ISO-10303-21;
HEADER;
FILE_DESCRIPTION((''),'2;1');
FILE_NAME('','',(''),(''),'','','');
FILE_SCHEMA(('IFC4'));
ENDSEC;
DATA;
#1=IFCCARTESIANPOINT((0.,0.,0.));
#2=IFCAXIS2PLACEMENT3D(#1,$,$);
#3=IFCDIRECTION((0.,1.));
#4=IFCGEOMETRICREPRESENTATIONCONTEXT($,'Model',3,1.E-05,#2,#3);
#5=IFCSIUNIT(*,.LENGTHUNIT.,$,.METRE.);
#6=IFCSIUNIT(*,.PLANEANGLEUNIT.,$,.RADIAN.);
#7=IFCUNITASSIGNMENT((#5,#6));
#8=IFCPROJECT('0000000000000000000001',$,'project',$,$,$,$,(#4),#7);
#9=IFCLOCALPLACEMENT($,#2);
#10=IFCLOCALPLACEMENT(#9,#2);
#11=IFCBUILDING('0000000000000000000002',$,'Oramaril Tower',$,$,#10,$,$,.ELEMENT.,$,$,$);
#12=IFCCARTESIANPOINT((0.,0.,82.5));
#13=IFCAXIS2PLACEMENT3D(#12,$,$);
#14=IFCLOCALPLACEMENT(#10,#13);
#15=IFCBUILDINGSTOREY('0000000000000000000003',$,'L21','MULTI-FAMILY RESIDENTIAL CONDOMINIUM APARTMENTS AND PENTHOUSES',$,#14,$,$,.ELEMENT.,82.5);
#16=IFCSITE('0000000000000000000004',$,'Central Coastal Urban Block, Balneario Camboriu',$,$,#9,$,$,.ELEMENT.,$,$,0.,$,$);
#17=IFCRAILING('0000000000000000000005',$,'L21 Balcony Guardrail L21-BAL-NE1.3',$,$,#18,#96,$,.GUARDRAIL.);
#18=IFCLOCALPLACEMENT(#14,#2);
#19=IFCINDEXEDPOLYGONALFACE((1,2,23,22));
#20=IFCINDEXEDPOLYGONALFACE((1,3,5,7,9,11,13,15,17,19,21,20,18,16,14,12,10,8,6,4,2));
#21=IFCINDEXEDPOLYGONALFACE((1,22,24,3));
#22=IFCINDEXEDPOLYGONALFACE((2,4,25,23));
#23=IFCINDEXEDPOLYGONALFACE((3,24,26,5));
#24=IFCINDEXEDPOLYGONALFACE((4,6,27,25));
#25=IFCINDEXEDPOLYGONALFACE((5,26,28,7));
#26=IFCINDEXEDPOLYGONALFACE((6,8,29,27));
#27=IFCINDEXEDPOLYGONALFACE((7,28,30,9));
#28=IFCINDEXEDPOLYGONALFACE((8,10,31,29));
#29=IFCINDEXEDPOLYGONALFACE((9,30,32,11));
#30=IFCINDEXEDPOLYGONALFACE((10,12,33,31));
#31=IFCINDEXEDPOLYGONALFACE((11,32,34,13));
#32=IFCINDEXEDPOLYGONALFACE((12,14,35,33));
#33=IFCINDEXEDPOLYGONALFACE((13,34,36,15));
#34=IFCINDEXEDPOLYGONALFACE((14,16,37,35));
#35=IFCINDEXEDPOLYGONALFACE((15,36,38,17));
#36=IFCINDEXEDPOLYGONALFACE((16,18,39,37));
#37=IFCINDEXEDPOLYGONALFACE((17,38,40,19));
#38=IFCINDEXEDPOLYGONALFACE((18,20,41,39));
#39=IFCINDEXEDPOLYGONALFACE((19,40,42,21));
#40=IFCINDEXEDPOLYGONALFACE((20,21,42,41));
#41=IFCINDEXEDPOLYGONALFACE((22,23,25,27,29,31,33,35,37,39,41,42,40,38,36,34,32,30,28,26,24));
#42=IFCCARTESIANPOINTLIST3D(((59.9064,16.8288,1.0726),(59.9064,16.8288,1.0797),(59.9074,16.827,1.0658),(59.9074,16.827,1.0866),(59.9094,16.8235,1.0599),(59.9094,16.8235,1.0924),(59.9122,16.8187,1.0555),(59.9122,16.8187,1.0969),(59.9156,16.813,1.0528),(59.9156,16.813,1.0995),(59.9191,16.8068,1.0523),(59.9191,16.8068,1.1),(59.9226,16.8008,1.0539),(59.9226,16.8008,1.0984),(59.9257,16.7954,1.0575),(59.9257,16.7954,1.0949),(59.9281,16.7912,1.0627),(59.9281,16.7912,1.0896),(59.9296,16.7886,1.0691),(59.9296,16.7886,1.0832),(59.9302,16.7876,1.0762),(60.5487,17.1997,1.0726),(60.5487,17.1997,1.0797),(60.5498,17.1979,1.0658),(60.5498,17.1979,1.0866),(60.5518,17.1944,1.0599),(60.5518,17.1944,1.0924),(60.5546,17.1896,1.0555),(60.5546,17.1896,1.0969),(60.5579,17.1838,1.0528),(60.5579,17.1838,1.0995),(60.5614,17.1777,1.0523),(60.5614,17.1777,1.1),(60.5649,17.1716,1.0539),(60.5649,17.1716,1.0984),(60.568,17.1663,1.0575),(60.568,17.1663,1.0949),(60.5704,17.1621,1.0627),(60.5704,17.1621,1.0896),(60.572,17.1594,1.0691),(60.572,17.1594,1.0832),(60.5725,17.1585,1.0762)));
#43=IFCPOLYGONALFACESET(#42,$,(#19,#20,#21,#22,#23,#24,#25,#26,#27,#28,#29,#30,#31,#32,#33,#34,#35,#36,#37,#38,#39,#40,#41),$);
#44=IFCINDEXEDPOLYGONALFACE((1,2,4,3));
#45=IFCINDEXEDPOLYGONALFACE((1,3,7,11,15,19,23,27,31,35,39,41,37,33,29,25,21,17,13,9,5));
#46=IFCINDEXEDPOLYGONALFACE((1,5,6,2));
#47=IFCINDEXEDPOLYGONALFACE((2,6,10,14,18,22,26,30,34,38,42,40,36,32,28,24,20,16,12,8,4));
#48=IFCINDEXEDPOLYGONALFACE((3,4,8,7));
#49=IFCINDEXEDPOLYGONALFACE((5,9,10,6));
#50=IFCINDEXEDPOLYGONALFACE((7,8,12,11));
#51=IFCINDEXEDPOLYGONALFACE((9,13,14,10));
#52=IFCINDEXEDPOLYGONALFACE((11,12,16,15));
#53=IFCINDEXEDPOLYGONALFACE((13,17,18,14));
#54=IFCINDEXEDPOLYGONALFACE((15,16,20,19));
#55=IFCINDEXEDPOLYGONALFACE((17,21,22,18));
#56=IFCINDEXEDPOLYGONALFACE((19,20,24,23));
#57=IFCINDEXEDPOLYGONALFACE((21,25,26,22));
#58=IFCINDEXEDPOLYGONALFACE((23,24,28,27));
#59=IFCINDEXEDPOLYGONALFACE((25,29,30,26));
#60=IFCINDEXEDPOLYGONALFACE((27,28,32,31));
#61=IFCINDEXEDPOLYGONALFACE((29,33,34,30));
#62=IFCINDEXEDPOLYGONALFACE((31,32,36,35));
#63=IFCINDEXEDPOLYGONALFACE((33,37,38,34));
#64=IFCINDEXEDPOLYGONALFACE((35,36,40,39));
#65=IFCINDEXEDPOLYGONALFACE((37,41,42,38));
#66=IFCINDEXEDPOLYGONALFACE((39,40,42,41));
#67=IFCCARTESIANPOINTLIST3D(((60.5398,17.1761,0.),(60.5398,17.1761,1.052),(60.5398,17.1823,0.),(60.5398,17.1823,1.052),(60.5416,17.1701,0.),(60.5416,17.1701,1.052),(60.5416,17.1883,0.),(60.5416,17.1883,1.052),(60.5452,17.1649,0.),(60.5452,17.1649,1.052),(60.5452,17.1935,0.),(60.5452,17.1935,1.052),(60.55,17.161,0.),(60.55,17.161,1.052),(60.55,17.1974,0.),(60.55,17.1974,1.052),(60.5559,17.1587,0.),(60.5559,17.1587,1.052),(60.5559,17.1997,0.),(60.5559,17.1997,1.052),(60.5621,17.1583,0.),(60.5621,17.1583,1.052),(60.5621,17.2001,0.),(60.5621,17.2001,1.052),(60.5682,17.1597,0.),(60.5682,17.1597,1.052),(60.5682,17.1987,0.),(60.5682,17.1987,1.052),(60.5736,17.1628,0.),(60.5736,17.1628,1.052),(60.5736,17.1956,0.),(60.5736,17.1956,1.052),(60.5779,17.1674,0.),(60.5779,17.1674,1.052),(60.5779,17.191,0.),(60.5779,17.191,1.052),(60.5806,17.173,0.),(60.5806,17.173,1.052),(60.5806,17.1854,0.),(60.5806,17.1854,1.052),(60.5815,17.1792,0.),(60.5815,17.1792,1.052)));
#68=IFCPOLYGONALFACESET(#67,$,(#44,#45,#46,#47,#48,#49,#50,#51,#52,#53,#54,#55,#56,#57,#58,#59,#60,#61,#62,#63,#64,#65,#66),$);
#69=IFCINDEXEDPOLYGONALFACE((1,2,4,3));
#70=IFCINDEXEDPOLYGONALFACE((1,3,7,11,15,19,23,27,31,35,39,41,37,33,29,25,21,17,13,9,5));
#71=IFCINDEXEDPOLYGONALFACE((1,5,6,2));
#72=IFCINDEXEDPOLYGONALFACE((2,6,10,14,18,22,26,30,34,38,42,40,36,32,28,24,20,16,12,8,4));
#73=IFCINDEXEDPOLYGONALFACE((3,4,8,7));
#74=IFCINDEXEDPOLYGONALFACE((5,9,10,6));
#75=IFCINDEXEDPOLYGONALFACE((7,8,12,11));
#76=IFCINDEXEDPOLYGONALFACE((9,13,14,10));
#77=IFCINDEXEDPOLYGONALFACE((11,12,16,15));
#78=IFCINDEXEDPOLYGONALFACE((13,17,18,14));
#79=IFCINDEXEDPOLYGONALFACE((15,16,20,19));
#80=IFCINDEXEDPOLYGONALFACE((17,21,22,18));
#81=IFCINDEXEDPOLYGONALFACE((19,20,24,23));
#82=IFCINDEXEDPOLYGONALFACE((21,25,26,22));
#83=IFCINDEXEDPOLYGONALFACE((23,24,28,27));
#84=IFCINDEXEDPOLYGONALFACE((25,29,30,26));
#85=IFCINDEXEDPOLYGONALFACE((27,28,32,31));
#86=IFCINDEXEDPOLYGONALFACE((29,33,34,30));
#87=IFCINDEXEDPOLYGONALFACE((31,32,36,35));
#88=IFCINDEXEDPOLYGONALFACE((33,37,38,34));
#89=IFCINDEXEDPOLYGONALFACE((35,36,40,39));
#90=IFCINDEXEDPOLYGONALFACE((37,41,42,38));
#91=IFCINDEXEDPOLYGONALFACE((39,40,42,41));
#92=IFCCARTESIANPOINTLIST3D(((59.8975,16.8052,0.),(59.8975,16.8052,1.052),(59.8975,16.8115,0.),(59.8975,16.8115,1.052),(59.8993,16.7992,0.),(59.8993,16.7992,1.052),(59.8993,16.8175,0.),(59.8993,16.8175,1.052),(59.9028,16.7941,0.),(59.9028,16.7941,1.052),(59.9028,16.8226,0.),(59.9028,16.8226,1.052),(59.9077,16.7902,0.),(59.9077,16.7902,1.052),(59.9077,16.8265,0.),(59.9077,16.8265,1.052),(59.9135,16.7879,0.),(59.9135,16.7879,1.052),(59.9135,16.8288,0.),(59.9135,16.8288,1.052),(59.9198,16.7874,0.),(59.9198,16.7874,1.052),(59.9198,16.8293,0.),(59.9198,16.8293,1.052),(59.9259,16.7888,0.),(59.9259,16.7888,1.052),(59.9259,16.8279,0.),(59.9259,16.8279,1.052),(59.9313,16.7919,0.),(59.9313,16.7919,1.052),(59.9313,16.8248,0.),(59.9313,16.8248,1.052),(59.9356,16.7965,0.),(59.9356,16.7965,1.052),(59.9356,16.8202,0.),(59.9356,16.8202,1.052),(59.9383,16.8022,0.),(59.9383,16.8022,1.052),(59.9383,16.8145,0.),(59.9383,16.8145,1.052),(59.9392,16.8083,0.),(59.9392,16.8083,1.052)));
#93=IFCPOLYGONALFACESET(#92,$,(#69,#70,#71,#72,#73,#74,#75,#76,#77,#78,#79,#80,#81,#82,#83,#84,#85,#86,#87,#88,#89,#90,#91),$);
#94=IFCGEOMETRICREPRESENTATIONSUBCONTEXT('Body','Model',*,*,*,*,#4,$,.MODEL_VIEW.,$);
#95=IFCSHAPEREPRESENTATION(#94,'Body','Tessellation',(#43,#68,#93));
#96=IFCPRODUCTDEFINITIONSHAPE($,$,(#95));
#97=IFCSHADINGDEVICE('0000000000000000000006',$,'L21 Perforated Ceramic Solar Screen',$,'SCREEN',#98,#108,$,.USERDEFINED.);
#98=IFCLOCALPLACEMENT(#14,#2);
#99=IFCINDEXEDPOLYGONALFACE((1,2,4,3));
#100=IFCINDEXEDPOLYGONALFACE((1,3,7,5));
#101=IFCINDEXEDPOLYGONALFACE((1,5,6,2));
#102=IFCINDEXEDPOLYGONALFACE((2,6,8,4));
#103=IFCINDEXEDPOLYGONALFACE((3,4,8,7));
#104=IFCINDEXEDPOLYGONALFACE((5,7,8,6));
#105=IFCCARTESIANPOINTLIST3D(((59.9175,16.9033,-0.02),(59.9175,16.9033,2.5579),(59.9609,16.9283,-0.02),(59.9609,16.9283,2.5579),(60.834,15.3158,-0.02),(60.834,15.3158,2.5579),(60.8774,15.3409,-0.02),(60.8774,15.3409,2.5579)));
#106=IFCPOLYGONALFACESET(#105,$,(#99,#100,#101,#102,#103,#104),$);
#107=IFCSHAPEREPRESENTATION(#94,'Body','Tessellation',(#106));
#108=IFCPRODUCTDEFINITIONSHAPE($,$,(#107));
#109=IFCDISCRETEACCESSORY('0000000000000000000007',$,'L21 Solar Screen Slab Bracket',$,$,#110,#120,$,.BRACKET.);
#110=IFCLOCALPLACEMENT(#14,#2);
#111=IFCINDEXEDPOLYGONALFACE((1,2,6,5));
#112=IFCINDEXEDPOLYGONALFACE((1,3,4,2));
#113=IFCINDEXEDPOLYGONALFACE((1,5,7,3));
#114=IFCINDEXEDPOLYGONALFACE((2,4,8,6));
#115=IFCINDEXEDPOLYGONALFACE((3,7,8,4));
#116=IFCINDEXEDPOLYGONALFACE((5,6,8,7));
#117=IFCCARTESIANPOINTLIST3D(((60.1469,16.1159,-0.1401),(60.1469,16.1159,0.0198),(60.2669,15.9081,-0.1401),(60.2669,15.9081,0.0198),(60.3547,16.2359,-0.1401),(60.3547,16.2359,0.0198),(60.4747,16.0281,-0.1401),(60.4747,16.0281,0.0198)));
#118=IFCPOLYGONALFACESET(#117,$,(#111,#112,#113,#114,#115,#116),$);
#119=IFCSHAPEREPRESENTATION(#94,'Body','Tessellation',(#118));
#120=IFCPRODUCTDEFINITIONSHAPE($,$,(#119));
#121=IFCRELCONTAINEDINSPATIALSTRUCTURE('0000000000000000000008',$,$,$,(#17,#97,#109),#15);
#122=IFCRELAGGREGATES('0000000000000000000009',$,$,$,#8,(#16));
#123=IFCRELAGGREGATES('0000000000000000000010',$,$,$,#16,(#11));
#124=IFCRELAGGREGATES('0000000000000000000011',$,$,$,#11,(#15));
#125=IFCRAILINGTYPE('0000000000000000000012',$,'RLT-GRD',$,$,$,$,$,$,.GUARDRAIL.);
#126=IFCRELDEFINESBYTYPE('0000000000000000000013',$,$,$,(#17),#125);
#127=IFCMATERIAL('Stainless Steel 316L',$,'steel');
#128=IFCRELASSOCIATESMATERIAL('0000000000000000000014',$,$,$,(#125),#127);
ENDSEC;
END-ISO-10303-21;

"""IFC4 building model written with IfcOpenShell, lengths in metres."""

from ifc_helpers import new_model, si_unit, direction, frame, origin, origin_2d, place, context, subcontext, project, spatial, rectangle, circle, extrude, material, type_object, element, save


model = new_model("IFC4")

# Units and contexts
model_context = context("Model", 3, precision=1e-05, world=origin(), true_north=direction((0.0, 1.0)))
body_context = subcontext(model_context, "Body", "Model", "MODEL_VIEW")
ifc_project = project(units=[si_unit("LENGTHUNIT", "METRE"), si_unit("PLANEANGLEUNIT", "RADIAN")], contexts=[model_context])

# Site, building, storey
site_placement = place(None, origin())
site = spatial("IfcSite", under=ifc_project, at=site_placement, Name="Central Coastal Urban Block, Balneario Camboriu", CompositionType="ELEMENT", RefElevation=0.0)
building_placement = place(site_placement, origin())
building = spatial("IfcBuilding", under=site, at=building_placement, Name="Oramaril Tower", CompositionType="ELEMENT")
storey_placement = place(building_placement, frame((0.0, 0.0, 82.5)))
storey = spatial("IfcBuildingStorey", under=building, at=storey_placement, Name="L21", Description="MULTI-FAMILY RESIDENTIAL CONDOMINIUM APARTMENTS AND PENTHOUSES", CompositionType="ELEMENT", Elevation=82.5)

# Railing
ifc_material_1 = material(Name="Stainless Steel 316L", Category="steel")
railing_type = type_object("IfcRailingType", Name="RLT-GRD", PredefinedType="GUARDRAIL", material=ifc_material_1)
railing_placement = place(storey_placement, frame((60.5605, 17.1792, 0.0)))
element("IfcRailing", 1, at=railing_placement, inside=storey, type_object=railing_type, Name="L21 Balcony Guardrail L21-BAL-NE1.3", PredefinedType="GUARDRAIL", context=body_context, shape_type="SweptSolid", body=[
    extrude(circle(Radius=0.0239, at=origin_2d()), frame((0.0, 0.0, 1.0762), z_axis=(-0.866027, -0.499998, 0.0), x_axis=(0.499998, -0.866027, 0.0)), (0.0, 0.0, 1.0), 0.7417),
    extrude(circle(Radius=0.021, at=origin_2d()), origin(), (0.0, 0.0, 1.0), 1.052),
    extrude(circle(Radius=0.021, at=origin_2d()), frame((-0.6423, -0.3708, 0.0)), (0.0, 0.0, 1.0), 1.052),
])

# Shading device
shading_device_placement = place(storey_placement, frame((60.3975, 16.1221, -0.02), z_axis=(0.0, 0.0, 1.0), x_axis=(-0.5, 0.866025, 0.0)))
element("IfcShadingDevice", 2, at=shading_device_placement, inside=storey, Name="L21 Perforated Ceramic Solar Screen", ObjectType="SCREEN", PredefinedType="USERDEFINED", context=body_context, shape_type="SweptSolid", body=[
    extrude(rectangle(XDim=1.833, YDim=0.05, at=origin_2d()), origin(), (0.0, 0.0, 1.0), 2.5779),
])

# Discrete accessory
discrete_accessory_placement = place(storey_placement, frame((60.3108, 16.072, -0.1401), z_axis=(0.0, 0.0, 1.0), x_axis=(-0.5, 0.866025, 0.0)))
element("IfcDiscreteAccessory", 3, at=discrete_accessory_placement, inside=storey, Name="L21 Solar Screen Slab Bracket", PredefinedType="BRACKET", context=body_context, shape_type="SweptSolid", body=[
    extrude(rectangle(XDim=0.24, YDim=0.24, at=origin_2d()), origin(), (0.0, 0.0, 1.0), 0.1599),
])

save(model, "model.ifc")
